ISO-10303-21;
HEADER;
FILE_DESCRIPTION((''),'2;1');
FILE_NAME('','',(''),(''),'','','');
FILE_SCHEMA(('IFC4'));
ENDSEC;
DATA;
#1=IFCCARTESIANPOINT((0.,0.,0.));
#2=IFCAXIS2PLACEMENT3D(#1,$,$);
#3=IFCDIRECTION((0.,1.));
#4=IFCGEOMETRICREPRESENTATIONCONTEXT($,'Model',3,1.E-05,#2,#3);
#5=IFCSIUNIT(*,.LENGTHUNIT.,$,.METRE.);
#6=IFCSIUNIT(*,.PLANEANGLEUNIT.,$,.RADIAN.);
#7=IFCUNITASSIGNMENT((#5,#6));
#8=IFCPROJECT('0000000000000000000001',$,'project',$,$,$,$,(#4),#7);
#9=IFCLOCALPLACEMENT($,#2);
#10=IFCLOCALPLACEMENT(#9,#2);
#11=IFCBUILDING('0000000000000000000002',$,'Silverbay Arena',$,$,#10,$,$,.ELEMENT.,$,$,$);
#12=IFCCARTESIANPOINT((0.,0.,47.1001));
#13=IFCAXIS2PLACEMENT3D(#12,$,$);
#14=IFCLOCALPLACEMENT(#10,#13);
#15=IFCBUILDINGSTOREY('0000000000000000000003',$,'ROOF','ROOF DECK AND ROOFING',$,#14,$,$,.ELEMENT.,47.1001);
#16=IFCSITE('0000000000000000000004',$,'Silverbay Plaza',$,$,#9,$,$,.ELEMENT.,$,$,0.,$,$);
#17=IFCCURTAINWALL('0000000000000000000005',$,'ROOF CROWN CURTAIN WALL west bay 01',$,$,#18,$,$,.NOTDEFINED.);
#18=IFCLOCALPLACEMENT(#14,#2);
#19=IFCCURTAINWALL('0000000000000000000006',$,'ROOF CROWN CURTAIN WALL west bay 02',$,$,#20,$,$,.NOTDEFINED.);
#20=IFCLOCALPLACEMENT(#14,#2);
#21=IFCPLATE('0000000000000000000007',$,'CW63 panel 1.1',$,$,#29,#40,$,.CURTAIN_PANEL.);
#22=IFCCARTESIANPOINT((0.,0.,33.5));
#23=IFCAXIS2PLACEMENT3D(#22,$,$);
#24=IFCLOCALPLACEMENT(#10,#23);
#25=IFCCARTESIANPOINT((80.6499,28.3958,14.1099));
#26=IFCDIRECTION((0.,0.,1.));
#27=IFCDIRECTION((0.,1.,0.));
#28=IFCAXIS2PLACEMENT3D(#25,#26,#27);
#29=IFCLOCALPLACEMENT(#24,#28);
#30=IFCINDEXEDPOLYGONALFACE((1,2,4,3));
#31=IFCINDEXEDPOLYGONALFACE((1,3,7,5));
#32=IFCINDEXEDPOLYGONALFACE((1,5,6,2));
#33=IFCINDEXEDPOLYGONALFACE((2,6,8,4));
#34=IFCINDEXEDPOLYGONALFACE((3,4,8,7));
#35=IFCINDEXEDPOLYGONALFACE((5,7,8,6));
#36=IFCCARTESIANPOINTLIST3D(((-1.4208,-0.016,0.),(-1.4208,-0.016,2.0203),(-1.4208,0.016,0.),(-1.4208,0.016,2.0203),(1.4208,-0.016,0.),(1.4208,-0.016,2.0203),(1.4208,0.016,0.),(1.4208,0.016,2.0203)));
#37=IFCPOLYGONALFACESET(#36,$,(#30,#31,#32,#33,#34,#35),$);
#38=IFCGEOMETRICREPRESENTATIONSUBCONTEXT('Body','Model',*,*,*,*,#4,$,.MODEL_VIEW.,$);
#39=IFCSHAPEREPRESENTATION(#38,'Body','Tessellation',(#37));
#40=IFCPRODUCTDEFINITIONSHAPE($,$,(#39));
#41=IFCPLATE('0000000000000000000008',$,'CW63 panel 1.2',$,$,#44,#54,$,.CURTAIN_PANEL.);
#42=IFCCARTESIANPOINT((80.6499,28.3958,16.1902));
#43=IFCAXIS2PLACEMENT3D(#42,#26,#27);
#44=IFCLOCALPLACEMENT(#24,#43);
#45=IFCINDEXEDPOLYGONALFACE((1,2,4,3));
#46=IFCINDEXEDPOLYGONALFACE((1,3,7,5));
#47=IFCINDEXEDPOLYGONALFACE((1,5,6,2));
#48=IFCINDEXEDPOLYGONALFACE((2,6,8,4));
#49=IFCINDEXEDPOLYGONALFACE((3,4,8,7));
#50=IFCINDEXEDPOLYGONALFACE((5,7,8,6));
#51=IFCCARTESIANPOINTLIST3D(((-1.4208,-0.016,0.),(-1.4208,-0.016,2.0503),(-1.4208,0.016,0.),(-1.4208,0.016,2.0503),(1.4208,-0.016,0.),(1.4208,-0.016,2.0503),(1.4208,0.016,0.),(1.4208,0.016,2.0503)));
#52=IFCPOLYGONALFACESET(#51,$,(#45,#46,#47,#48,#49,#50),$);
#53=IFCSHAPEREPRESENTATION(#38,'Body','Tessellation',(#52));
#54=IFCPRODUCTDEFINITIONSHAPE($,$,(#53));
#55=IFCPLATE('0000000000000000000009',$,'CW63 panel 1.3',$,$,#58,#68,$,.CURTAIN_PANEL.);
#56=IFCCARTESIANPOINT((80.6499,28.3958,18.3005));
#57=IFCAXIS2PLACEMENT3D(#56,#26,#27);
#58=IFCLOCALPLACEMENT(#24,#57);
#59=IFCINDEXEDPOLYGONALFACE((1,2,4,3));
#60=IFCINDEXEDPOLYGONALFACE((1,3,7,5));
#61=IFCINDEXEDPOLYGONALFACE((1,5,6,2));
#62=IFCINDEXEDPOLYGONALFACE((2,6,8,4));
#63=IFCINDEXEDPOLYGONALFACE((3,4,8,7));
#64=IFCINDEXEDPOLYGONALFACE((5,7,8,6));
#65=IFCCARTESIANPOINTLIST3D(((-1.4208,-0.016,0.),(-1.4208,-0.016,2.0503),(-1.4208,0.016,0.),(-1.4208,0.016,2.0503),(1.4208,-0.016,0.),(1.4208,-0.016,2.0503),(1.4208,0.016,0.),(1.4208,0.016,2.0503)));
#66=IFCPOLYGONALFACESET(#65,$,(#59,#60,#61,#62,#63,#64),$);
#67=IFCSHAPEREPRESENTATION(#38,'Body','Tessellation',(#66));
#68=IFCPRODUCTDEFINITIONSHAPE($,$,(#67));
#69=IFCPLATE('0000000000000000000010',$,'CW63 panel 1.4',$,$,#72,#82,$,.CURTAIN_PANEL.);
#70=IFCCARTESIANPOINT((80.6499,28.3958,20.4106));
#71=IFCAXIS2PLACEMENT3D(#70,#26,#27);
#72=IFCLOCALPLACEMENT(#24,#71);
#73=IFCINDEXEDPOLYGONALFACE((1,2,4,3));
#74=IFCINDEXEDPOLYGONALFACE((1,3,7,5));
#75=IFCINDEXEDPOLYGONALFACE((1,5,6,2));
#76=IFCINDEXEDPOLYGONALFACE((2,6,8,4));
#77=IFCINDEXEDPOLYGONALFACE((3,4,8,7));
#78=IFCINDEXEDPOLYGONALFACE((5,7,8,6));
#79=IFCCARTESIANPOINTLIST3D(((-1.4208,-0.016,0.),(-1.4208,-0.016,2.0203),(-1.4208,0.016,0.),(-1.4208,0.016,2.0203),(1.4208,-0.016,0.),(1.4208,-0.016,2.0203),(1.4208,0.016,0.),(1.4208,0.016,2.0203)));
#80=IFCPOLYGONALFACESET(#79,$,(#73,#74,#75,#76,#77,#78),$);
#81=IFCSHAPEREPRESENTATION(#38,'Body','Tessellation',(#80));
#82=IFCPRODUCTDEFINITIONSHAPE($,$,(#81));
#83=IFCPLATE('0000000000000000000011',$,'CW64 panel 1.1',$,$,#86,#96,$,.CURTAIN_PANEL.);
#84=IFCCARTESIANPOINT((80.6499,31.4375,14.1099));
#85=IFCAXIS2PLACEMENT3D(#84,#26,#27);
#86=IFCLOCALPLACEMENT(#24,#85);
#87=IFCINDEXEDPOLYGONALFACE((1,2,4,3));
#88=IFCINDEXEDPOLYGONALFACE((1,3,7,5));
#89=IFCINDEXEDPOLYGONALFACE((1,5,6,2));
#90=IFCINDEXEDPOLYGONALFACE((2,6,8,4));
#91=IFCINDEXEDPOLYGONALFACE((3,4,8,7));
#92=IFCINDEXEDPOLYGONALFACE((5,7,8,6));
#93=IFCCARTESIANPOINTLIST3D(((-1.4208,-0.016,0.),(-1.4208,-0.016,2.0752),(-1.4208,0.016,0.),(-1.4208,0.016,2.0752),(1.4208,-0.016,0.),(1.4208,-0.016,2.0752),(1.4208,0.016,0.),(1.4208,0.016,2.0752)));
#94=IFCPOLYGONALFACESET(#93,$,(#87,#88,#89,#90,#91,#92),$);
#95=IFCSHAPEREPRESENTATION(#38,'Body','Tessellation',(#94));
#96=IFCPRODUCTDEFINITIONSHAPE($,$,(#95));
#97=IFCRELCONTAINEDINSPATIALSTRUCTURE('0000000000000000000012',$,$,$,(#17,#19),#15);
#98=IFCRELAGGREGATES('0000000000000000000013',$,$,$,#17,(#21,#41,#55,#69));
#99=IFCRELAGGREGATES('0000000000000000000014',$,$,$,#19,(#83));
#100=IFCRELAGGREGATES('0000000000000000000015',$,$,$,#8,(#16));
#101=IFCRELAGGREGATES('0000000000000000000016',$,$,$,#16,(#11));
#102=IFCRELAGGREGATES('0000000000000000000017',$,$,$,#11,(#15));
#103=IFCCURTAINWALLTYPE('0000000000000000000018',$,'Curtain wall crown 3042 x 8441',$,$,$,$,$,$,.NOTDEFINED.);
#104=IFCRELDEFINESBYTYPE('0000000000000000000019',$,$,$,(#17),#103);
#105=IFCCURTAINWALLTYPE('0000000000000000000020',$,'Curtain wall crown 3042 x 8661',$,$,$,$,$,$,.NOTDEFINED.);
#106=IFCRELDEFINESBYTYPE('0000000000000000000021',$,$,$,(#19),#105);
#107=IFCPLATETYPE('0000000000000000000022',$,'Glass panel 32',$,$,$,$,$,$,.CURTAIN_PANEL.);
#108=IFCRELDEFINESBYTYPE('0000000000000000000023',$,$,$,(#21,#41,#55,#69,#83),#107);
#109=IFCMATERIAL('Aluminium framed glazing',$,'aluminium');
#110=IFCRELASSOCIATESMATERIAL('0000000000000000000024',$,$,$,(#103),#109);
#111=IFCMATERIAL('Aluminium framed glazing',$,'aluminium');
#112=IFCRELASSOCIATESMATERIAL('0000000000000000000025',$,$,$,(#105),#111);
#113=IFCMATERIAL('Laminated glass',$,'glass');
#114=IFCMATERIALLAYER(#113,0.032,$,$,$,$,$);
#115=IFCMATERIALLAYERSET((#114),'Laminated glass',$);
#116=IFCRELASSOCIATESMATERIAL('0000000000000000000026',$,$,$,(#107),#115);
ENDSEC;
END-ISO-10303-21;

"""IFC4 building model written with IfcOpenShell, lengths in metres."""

from ifc_helpers import new_model, si_unit, direction, frame, origin, origin_2d, place, context, subcontext, project, spatial, rectangle, extrude, material, layer, layer_set, type_object, element, aggregate, save


model = new_model("IFC4")

# Units and contexts
model_context = context("Model", 3, precision=1e-05, world=origin(), true_north=direction((0.0, 1.0)))
body_context = subcontext(model_context, "Body", "Model", "MODEL_VIEW")
ifc_project = project(units=[si_unit("LENGTHUNIT", "METRE"), si_unit("PLANEANGLEUNIT", "RADIAN")], contexts=[model_context])

# Site, building, storey
site_placement = place(None, origin())
site = spatial("IfcSite", under=ifc_project, at=site_placement, Name="Silverbay Plaza", CompositionType="ELEMENT", RefElevation=0.0)
building_placement = place(site_placement, origin())
building = spatial("IfcBuilding", under=site, at=building_placement, Name="Silverbay Arena", CompositionType="ELEMENT")
storey_placement = place(building_placement, frame((0.0, 0.0, 47.1001)))
storey = spatial("IfcBuildingStorey", under=building, at=storey_placement, Name="ROOF", Description="ROOF DECK AND ROOFING", CompositionType="ELEMENT", Elevation=47.1001)

# Shared definitions
placement = place(building_placement, frame((0.0, 0.0, 33.5)))

# Curtain wall
ifc_material_1 = material(Name="Aluminium framed glazing", Category="aluminium")
curtain_wall_type_1 = type_object("IfcCurtainWallType", Name="Curtain wall crown 3042 x 8441", PredefinedType="NOTDEFINED", material=ifc_material_1)
curtain_wall_1_placement = place(storey_placement, origin())
curtain_wall_1 = element("IfcCurtainWall", 1, at=curtain_wall_1_placement, inside=storey, type_object=curtain_wall_type_1, Name="ROOF CROWN CURTAIN WALL west bay 01", PredefinedType="NOTDEFINED")

# Curtain wall
ifc_material_2 = material(Name="Aluminium framed glazing", Category="aluminium")
curtain_wall_type_2 = type_object("IfcCurtainWallType", Name="Curtain wall crown 3042 x 8661", PredefinedType="NOTDEFINED", material=ifc_material_2)
curtain_wall_2_placement = place(storey_placement, origin())
curtain_wall_2 = element("IfcCurtainWall", 2, at=curtain_wall_2_placement, inside=storey, type_object=curtain_wall_type_2, Name="ROOF CROWN CURTAIN WALL west bay 02", PredefinedType="NOTDEFINED")

# Plates
ifc_material_3 = material(Name="Laminated glass", Category="glass")
ifc_layer_1 = layer(ifc_material_3, 0.032)
ifc_layer_set_1 = layer_set([ifc_layer_1], Name="Laminated glass")
plate_type = type_object("IfcPlateType", Name="Glass panel 32", PredefinedType="CURTAIN_PANEL", material=ifc_layer_set_1)
plate_1_placement = place(placement, frame((80.6499, 28.3958, 14.1099), z_axis=(0.0, 0.0, 1.0), x_axis=(0.0, 1.0, 0.0)))
plate_1 = element("IfcPlate", 3, at=plate_1_placement, type_object=plate_type, Name="CW63 panel 1.1", PredefinedType="CURTAIN_PANEL", context=body_context, shape_type="SweptSolid", body=[
    extrude(rectangle(XDim=2.8416, YDim=0.032, at=origin_2d()), origin(), (0.0, 0.0, 1.0), 2.0203),
])
plate_2_placement = place(placement, frame((80.6499, 28.3958, 16.1902), z_axis=(0.0, 0.0, 1.0), x_axis=(0.0, 1.0, 0.0)))
plate_2 = element("IfcPlate", 4, at=plate_2_placement, type_object=plate_type, Name="CW63 panel 1.2", PredefinedType="CURTAIN_PANEL", context=body_context, shape_type="SweptSolid", body=[
    extrude(rectangle(XDim=2.8416, YDim=0.032, at=origin_2d()), origin(), (0.0, 0.0, 1.0), 2.0503),
])
plate_3_placement = place(placement, frame((80.6499, 28.3958, 18.3005), z_axis=(0.0, 0.0, 1.0), x_axis=(0.0, 1.0, 0.0)))
plate_3 = element("IfcPlate", 5, at=plate_3_placement, type_object=plate_type, Name="CW63 panel 1.3", PredefinedType="CURTAIN_PANEL", context=body_context, shape_type="SweptSolid", body=[
    extrude(rectangle(XDim=2.8416, YDim=0.032, at=origin_2d()), origin(), (0.0, 0.0, 1.0), 2.0503),
])
plate_4_placement = place(placement, frame((80.6499, 28.3958, 20.4106), z_axis=(0.0, 0.0, 1.0), x_axis=(0.0, 1.0, 0.0)))
plate_4 = element("IfcPlate", 6, at=plate_4_placement, type_object=plate_type, Name="CW63 panel 1.4", PredefinedType="CURTAIN_PANEL", context=body_context, shape_type="SweptSolid", body=[
    extrude(rectangle(XDim=2.8416, YDim=0.032, at=origin_2d()), origin(), (0.0, 0.0, 1.0), 2.0203),
])
aggregate(curtain_wall_1, [plate_1, plate_2, plate_3, plate_4])
plate_5_placement = place(placement, frame((80.6499, 31.4375, 14.1099), z_axis=(0.0, 0.0, 1.0), x_axis=(0.0, 1.0, 0.0)))
plate_5 = element("IfcPlate", 7, at=plate_5_placement, type_object=plate_type, Name="CW64 panel 1.1", PredefinedType="CURTAIN_PANEL", context=body_context, shape_type="SweptSolid", body=[
    extrude(rectangle(XDim=2.8416, YDim=0.032, at=origin_2d()), origin(), (0.0, 0.0, 1.0), 2.0752),
])
aggregate(curtain_wall_2, [plate_5])

save(model, "model.ifc")
